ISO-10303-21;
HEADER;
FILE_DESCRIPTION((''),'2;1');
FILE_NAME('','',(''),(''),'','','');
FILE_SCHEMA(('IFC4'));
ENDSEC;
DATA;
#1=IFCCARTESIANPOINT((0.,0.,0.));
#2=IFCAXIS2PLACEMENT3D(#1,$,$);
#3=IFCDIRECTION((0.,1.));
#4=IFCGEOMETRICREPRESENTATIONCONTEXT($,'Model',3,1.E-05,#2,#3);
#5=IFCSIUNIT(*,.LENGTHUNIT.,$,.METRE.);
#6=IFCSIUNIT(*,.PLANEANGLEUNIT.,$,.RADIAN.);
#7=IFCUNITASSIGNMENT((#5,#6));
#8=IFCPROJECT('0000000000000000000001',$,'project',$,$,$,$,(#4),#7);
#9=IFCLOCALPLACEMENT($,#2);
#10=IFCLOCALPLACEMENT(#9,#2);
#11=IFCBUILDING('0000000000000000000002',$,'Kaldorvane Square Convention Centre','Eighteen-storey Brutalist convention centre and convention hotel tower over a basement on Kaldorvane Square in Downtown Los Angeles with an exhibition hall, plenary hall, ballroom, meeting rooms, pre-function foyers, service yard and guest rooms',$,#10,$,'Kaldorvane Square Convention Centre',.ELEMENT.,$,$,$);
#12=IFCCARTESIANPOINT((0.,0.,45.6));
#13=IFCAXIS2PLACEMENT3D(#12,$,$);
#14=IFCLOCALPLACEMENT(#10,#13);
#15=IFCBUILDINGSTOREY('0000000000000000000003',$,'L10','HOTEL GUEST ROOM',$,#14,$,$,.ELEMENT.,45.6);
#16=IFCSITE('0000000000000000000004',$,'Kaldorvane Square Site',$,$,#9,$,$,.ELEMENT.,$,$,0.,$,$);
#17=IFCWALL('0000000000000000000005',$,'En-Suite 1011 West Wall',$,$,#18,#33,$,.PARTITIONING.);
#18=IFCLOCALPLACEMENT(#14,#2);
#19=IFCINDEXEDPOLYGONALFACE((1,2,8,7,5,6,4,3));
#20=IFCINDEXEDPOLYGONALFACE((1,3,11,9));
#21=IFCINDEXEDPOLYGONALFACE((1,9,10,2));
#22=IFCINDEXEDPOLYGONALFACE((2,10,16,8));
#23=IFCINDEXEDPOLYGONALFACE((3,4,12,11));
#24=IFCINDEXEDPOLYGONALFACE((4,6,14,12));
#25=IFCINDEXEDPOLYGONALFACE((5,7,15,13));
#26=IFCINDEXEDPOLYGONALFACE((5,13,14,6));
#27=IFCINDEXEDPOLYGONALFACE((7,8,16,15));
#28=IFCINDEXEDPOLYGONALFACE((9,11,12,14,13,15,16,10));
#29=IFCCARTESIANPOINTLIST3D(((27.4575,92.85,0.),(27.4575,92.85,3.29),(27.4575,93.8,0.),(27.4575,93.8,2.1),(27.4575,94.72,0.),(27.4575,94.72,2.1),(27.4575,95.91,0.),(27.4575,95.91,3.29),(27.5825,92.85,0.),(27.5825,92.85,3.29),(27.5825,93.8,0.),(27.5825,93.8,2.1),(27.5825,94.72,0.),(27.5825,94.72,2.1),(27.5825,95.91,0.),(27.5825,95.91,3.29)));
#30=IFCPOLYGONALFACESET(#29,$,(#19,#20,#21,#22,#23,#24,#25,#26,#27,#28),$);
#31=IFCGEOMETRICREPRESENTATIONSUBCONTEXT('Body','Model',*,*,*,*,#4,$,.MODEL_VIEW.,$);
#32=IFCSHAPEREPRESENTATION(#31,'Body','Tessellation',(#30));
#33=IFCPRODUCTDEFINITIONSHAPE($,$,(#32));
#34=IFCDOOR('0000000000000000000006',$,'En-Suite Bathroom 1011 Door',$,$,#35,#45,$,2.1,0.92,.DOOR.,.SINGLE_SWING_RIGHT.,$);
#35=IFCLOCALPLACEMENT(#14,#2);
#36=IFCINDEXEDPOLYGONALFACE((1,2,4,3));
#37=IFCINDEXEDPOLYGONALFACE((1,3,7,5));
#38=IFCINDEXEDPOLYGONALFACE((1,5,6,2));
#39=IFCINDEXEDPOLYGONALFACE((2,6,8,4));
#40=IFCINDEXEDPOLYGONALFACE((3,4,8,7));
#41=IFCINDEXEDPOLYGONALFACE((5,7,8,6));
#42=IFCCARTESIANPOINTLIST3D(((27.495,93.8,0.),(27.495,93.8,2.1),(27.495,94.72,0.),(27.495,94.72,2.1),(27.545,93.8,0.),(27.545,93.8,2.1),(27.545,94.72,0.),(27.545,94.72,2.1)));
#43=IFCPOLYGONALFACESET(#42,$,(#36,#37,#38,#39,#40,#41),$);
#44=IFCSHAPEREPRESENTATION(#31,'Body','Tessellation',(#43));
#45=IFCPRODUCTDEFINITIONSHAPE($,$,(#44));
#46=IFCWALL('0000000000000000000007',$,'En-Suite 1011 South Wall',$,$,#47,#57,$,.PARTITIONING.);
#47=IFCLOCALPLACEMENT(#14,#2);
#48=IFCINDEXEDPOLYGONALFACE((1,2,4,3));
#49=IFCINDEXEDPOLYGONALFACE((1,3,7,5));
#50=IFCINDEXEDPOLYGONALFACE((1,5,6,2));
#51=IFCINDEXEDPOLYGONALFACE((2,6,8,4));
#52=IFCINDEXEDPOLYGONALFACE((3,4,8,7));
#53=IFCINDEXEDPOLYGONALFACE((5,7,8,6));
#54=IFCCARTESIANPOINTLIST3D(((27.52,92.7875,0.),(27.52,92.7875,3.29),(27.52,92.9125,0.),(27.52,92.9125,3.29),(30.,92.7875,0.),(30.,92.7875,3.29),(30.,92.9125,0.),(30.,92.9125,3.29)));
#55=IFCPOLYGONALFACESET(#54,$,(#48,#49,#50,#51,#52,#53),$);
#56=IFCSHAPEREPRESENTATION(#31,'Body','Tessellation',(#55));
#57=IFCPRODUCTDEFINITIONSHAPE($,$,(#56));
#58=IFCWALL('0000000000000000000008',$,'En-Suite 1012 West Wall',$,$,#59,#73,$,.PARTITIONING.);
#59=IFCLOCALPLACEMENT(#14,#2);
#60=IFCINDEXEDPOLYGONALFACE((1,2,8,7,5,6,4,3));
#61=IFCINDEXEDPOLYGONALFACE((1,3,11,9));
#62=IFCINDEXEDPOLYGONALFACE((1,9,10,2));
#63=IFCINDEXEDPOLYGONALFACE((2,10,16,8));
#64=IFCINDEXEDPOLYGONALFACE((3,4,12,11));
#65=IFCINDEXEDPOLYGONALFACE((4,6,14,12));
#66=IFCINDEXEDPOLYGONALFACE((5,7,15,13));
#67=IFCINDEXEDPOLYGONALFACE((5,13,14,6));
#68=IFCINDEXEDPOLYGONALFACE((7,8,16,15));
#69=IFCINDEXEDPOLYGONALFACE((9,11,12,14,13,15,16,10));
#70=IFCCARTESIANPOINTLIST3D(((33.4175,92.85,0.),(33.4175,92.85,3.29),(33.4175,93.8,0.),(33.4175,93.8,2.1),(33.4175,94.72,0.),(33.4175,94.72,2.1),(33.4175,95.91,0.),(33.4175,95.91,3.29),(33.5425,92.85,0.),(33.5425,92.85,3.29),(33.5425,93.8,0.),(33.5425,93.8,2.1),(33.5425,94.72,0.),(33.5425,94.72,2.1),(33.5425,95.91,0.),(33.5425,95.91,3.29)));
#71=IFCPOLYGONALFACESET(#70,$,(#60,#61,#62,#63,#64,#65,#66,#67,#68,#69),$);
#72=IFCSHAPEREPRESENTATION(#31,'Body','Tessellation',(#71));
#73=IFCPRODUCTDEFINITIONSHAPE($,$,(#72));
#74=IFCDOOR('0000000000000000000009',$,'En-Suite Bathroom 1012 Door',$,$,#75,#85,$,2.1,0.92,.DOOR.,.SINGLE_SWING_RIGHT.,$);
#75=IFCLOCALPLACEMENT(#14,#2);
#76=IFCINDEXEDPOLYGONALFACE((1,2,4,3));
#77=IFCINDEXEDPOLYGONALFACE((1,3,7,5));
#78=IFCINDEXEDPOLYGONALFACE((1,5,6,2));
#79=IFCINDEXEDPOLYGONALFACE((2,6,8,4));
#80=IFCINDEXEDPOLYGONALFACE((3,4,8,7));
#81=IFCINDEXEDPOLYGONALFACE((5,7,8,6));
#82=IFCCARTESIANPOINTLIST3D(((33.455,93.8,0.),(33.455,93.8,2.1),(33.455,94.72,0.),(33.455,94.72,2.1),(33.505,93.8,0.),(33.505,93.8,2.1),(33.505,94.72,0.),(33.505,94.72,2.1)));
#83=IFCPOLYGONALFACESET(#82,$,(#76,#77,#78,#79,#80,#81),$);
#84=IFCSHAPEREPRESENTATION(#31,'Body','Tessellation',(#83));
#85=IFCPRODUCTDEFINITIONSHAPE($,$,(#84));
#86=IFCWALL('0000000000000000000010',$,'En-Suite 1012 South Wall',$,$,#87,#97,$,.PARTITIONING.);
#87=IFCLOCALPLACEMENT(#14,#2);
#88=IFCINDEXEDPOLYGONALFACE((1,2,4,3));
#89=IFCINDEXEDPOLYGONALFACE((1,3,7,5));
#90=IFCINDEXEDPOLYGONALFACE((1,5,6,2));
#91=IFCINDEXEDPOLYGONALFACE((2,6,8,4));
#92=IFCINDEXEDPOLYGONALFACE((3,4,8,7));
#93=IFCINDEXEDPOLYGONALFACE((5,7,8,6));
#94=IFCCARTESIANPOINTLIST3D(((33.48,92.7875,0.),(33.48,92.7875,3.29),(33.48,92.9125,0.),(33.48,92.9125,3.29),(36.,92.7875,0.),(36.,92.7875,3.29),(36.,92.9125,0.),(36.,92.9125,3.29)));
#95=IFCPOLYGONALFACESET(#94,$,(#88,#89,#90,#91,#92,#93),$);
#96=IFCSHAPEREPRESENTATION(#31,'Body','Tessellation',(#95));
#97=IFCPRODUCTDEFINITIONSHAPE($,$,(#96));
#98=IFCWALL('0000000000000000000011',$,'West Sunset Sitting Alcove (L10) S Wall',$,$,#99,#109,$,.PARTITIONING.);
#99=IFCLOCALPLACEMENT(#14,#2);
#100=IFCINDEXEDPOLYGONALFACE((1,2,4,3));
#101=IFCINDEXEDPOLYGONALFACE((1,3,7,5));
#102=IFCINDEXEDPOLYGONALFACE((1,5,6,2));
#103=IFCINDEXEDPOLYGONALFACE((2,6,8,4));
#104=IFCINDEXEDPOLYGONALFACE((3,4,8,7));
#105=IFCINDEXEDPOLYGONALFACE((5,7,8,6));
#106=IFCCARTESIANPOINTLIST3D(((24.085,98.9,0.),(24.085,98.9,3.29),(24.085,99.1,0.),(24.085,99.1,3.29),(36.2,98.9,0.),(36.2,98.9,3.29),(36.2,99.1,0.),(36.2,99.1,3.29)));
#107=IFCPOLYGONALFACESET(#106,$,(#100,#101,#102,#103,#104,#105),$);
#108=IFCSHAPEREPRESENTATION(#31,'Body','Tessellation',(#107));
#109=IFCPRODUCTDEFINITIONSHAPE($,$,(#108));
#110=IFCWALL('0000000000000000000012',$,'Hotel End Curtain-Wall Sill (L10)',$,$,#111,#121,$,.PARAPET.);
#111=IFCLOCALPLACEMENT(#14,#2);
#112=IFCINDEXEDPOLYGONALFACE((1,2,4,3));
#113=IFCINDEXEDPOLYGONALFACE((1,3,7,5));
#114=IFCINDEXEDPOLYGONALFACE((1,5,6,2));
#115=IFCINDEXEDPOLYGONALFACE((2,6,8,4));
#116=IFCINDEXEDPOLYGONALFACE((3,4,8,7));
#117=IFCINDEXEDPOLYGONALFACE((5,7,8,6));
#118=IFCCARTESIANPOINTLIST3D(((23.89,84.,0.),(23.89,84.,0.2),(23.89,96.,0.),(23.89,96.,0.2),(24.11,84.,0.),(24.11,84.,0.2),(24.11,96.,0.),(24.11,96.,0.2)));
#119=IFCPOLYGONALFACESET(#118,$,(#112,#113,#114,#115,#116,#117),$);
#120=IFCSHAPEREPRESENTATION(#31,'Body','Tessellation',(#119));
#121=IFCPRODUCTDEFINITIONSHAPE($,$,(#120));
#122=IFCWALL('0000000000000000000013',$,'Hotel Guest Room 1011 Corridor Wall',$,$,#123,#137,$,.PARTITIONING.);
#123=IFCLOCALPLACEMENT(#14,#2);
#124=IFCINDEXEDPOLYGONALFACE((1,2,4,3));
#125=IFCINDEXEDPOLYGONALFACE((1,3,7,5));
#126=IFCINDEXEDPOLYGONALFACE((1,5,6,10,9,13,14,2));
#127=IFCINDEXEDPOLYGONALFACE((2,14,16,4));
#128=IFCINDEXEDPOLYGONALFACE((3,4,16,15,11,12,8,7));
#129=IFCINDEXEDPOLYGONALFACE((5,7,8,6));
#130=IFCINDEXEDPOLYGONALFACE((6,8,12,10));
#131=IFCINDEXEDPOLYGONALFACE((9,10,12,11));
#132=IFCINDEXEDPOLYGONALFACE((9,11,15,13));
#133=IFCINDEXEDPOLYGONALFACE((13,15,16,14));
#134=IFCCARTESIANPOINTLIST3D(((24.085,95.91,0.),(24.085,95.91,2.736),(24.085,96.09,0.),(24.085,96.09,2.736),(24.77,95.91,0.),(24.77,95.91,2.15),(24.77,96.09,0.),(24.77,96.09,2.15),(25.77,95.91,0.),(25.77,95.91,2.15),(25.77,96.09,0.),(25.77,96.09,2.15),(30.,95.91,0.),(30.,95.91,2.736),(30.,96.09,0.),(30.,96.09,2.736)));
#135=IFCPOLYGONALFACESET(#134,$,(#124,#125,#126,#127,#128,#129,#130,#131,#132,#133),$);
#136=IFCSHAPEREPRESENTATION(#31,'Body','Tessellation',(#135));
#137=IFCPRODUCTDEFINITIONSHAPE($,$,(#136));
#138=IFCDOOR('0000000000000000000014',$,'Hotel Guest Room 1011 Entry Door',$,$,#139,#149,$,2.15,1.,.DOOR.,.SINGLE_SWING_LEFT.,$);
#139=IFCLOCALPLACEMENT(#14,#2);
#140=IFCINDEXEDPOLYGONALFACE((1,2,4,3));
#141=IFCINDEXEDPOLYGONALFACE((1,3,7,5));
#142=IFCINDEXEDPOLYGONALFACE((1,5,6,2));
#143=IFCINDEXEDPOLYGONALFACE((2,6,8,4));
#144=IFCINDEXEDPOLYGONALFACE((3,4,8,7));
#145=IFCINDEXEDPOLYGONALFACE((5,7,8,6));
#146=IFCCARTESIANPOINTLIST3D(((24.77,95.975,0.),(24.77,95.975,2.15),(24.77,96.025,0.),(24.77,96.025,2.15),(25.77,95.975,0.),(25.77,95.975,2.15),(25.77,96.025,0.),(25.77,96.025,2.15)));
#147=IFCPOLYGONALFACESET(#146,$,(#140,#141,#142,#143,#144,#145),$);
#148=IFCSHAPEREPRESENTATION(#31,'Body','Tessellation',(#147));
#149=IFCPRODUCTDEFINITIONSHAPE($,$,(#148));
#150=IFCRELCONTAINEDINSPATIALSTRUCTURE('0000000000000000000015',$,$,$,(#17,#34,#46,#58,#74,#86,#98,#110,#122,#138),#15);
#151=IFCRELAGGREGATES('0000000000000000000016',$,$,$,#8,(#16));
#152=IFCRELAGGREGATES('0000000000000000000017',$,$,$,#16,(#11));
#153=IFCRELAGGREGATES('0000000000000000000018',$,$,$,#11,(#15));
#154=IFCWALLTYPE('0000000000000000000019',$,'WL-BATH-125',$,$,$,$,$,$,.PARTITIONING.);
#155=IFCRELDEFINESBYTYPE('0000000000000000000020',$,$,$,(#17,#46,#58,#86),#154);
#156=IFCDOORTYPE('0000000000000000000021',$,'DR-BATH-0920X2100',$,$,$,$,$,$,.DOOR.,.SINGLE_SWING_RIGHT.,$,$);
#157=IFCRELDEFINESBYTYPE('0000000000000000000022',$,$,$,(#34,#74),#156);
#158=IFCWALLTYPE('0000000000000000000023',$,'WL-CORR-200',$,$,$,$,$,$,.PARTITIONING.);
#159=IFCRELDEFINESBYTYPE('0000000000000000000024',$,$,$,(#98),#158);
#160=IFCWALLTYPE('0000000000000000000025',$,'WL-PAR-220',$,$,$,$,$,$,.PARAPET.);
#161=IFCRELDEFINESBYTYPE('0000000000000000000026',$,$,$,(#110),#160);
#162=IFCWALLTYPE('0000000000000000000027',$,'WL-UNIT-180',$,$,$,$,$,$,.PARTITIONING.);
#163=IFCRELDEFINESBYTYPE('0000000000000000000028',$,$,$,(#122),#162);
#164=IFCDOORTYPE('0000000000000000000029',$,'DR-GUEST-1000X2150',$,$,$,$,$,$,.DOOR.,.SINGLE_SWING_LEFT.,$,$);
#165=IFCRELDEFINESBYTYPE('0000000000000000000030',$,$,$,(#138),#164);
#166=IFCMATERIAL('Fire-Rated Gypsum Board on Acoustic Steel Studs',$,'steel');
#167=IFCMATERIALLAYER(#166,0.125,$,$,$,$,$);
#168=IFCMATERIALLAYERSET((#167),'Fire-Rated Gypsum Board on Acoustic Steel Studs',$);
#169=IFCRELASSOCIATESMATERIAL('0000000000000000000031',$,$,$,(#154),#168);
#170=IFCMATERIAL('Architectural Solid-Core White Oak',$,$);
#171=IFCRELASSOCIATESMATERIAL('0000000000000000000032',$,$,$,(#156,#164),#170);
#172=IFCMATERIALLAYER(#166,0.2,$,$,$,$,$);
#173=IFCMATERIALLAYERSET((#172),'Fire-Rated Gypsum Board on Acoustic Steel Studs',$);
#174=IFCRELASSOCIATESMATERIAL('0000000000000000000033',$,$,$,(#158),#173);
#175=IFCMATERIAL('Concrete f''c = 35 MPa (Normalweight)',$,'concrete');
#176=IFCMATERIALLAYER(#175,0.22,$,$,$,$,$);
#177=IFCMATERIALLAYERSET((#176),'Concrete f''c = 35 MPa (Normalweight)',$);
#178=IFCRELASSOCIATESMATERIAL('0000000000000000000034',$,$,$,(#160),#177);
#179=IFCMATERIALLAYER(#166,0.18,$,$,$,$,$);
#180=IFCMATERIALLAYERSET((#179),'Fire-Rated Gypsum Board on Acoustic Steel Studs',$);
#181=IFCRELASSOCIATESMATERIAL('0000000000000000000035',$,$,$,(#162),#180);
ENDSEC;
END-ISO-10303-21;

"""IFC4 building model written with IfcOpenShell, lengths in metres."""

from ifc_helpers import new_model, si_unit, direction, frame, frame_2d, origin, place, context, subcontext, project, spatial, rectangle, extrude, material, layer, layer_set, type_object, element, fill, save


model = new_model("IFC4")

# Units and contexts
model_context = context("Model", 3, precision=1e-05, world=origin(), true_north=direction((0.0, 1.0)))
body_context = subcontext(model_context, "Body", "Model", "MODEL_VIEW")
ifc_project = project(units=[si_unit("LENGTHUNIT", "METRE"), si_unit("PLANEANGLEUNIT", "RADIAN")], contexts=[model_context])

# Site, building, storey
site_placement = place(None, origin())
site = spatial("IfcSite", under=ifc_project, at=site_placement, Name="Kaldorvane Square Site", CompositionType="ELEMENT", RefElevation=0.0)
building_placement = place(site_placement, origin())
building = spatial("IfcBuilding", under=site, at=building_placement, Name="Kaldorvane Square Convention Centre", Description="Eighteen-storey Brutalist convention centre and convention hotel tower over a basement on Kaldorvane Square in Downtown Los Angeles with an exhibition hall, plenary hall, ballroom, meeting rooms, pre-function foyers, service yard and guest rooms", LongName="Kaldorvane Square Convention Centre", CompositionType="ELEMENT")
storey_placement = place(building_placement, frame((0.0, 0.0, 45.6)))
storey = spatial("IfcBuildingStorey", under=building, at=storey_placement, Name="L10", Description="HOTEL GUEST ROOM", CompositionType="ELEMENT", Elevation=45.6)

# Wall, opening, door
ifc_material_1 = material(Name="Fire-Rated Gypsum Board on Acoustic Steel Studs", Category="steel")
ifc_layer_1 = layer(ifc_material_1, 0.125)
ifc_layer_set_1 = layer_set([ifc_layer_1], Name="Fire-Rated Gypsum Board on Acoustic Steel Studs")
wall_type_1 = type_object("IfcWallType", Name="WL-BATH-125", PredefinedType="PARTITIONING", material=ifc_layer_set_1)
wall_1_placement = place(storey_placement, frame((27.52, 92.85, 0.0), z_axis=(0.0, 0.0, 1.0), x_axis=(0.0, 1.0, 0.0)))
wall_1 = element("IfcWall", 1, at=wall_1_placement, inside=storey, type_object=wall_type_1, Name="En-Suite 1011 West Wall", PredefinedType="PARTITIONING", context=body_context, shape_type="SweptSolid", body=[
    extrude(rectangle(XDim=3.06, YDim=0.125, at=frame_2d((1.53, 0.0))), origin(), (0.0, 0.0, 1.0), 3.29),
])
opening_1_placement = place(wall_1_placement, frame((0.95, 0.0, 0.0)))
opening_1 = element("IfcOpeningElement", 2, at=opening_1_placement, cuts=wall_1, PredefinedType="OPENING", context=body_context, shape_type="SweptSolid", body=[
    extrude(rectangle(XDim=0.92, YDim=2.1, at=frame_2d((0.46, 1.05))), frame((0.0, 0.0775, 0.0), z_axis=(0.0, -1.0, 0.0), x_axis=(1.0, 0.0, 0.0)), (0.0, 0.0, 1.0), 0.155),
])
ifc_material_2 = material(Name="Architectural Solid-Core White Oak")
door_type_1 = type_object("IfcDoorType", Name="DR-BATH-0920X2100", OperationType="SINGLE_SWING_RIGHT", PredefinedType="DOOR", material=ifc_material_2)
door_1_placement = place(opening_1_placement, origin())
door_1 = element("IfcDoor", 3, at=door_1_placement, inside=storey, type_object=door_type_1, Name="En-Suite Bathroom 1011 Door", OperationType="SINGLE_SWING_RIGHT", OverallHeight=2.1, OverallWidth=0.92, PredefinedType="DOOR", context=body_context, shape_type="SweptSolid", body=[
    extrude(rectangle(XDim=0.92, YDim=2.1, at=frame_2d((0.46, 1.05))), frame((0.0, 0.025, 0.0), z_axis=(0.0, -1.0, 0.0), x_axis=(1.0, 0.0, 0.0)), (0.0, 0.0, 1.0), 0.05),
])
fill(opening_1, door_1)

# Wall
wall_2_placement = place(storey_placement, frame((27.52, 92.85, 0.0), z_axis=(0.0, 0.0, 1.0), x_axis=(1.0, 0.0, 0.0)))
element("IfcWall", 4, at=wall_2_placement, inside=storey, type_object=wall_type_1, Name="En-Suite 1011 South Wall", PredefinedType="PARTITIONING", context=body_context, shape_type="SweptSolid", body=[
    extrude(rectangle(XDim=2.48, YDim=0.125, at=frame_2d((1.24, 0.0))), origin(), (0.0, 0.0, 1.0), 3.29),
])

# Wall, opening, door
wall_3_placement = place(storey_placement, frame((33.48, 92.85, 0.0), z_axis=(0.0, 0.0, 1.0), x_axis=(0.0, 1.0, 0.0)))
wall_3 = element("IfcWall", 5, at=wall_3_placement, inside=storey, type_object=wall_type_1, Name="En-Suite 1012 West Wall", PredefinedType="PARTITIONING", context=body_context, shape_type="SweptSolid", body=[
    extrude(rectangle(XDim=3.06, YDim=0.125, at=frame_2d((1.53, 0.0))), origin(), (0.0, 0.0, 1.0), 3.29),
])
opening_2_placement = place(wall_3_placement, frame((0.95, 0.0, 0.0)))
opening_2 = element("IfcOpeningElement", 6, at=opening_2_placement, cuts=wall_3, PredefinedType="OPENING", context=body_context, shape_type="SweptSolid", body=[
    extrude(rectangle(XDim=0.92, YDim=2.1, at=frame_2d((0.46, 1.05))), frame((0.0, 0.0775, 0.0), z_axis=(0.0, -1.0, 0.0), x_axis=(1.0, 0.0, 0.0)), (0.0, 0.0, 1.0), 0.155),
])
door_2_placement = place(opening_2_placement, origin())
door_2 = element("IfcDoor", 7, at=door_2_placement, inside=storey, type_object=door_type_1, Name="En-Suite Bathroom 1012 Door", OperationType="SINGLE_SWING_RIGHT", OverallHeight=2.1, OverallWidth=0.92, PredefinedType="DOOR", context=body_context, shape_type="SweptSolid", body=[
    extrude(rectangle(XDim=0.92, YDim=2.1, at=frame_2d((0.46, 1.05))), frame((0.0, 0.025, 0.0), z_axis=(0.0, -1.0, 0.0), x_axis=(1.0, 0.0, 0.0)), (0.0, 0.0, 1.0), 0.05),
])
fill(opening_2, door_2)

# Walls
wall_4_placement = place(storey_placement, frame((33.48, 92.85, 0.0), z_axis=(0.0, 0.0, 1.0), x_axis=(1.0, 0.0, 0.0)))
element("IfcWall", 8, at=wall_4_placement, inside=storey, type_object=wall_type_1, Name="En-Suite 1012 South Wall", PredefinedType="PARTITIONING", context=body_context, shape_type="SweptSolid", body=[
    extrude(rectangle(XDim=2.52, YDim=0.125, at=frame_2d((1.26, 0.0))), origin(), (0.0, 0.0, 1.0), 3.29),
])
ifc_layer_2 = layer(ifc_material_1, 0.2)
ifc_layer_set_2 = layer_set([ifc_layer_2], Name="Fire-Rated Gypsum Board on Acoustic Steel Studs")
wall_type_2 = type_object("IfcWallType", Name="WL-CORR-200", PredefinedType="PARTITIONING", material=ifc_layer_set_2)
wall_5_placement = place(storey_placement, frame((24.085, 99.0, 0.0), z_axis=(0.0, 0.0, 1.0), x_axis=(1.0, 0.0, 0.0)))
element("IfcWall", 9, at=wall_5_placement, inside=storey, type_object=wall_type_2, Name="West Sunset Sitting Alcove (L10) S Wall", PredefinedType="PARTITIONING", context=body_context, shape_type="SweptSolid", body=[
    extrude(rectangle(XDim=12.115, YDim=0.2, at=frame_2d((6.0575, 0.0))), origin(), (0.0, 0.0, 1.0), 3.29),
])
ifc_material_3 = material(Name="Concrete f'c = 35 MPa (Normalweight)", Category="concrete")
ifc_layer_3 = layer(ifc_material_3, 0.22)
ifc_layer_set_3 = layer_set([ifc_layer_3], Name="Concrete f'c = 35 MPa (Normalweight)")
wall_type_3 = type_object("IfcWallType", Name="WL-PAR-220", PredefinedType="PARAPET", material=ifc_layer_set_3)
wall_6_placement = place(storey_placement, frame((24.0, 96.0, 0.0), z_axis=(0.0, 0.0, 1.0), x_axis=(0.0, -1.0, 0.0)))
element("IfcWall", 10, at=wall_6_placement, inside=storey, type_object=wall_type_3, Name="Hotel End Curtain-Wall Sill (L10)", PredefinedType="PARAPET", context=body_context, shape_type="SweptSolid", body=[
    extrude(rectangle(XDim=12.0, YDim=0.22, at=frame_2d((6.0, 0.0))), origin(), (0.0, 0.0, 1.0), 0.2),
])

# Wall, opening, door
ifc_layer_4 = layer(ifc_material_1, 0.18)
ifc_layer_set_4 = layer_set([ifc_layer_4], Name="Fire-Rated Gypsum Board on Acoustic Steel Studs")
wall_type_4 = type_object("IfcWallType", Name="WL-UNIT-180", PredefinedType="PARTITIONING", material=ifc_layer_set_4)
wall_7_placement = place(storey_placement, frame((24.085, 96.0, 0.0), z_axis=(0.0, 0.0, 1.0), x_axis=(1.0, 0.0, 0.0)))
wall_7 = element("IfcWall", 11, at=wall_7_placement, inside=storey, type_object=wall_type_4, Name="Hotel Guest Room 1011 Corridor Wall", PredefinedType="PARTITIONING", context=body_context, shape_type="SweptSolid", body=[
    extrude(rectangle(XDim=5.915, YDim=0.18, at=frame_2d((2.9575, 0.0))), origin(), (0.0, 0.0, 1.0), 2.736),
])
opening_3_placement = place(wall_7_placement, frame((0.685, 0.0, 0.0)))
opening_3 = element("IfcOpeningElement", 12, at=opening_3_placement, cuts=wall_7, PredefinedType="OPENING", context=body_context, shape_type="SweptSolid", body=[
    extrude(rectangle(XDim=1.0, YDim=2.15, at=frame_2d((0.5, 1.075))), frame((0.0, 0.105, 0.0), z_axis=(0.0, -1.0, 0.0), x_axis=(1.0, 0.0, 0.0)), (0.0, 0.0, 1.0), 0.21),
])
door_type_2 = type_object("IfcDoorType", Name="DR-GUEST-1000X2150", OperationType="SINGLE_SWING_LEFT", PredefinedType="DOOR", material=ifc_material_2)
door_3_placement = place(opening_3_placement, origin())
door_3 = element("IfcDoor", 13, at=door_3_placement, inside=storey, type_object=door_type_2, Name="Hotel Guest Room 1011 Entry Door", OperationType="SINGLE_SWING_LEFT", OverallHeight=2.15, OverallWidth=1.0, PredefinedType="DOOR", context=body_context, shape_type="SweptSolid", body=[
    extrude(rectangle(XDim=1.0, YDim=2.15, at=frame_2d((0.5, 1.075))), frame((0.0, 0.025, 0.0), z_axis=(0.0, -1.0, 0.0), x_axis=(1.0, 0.0, 0.0)), (0.0, 0.0, 1.0), 0.05),
])
fill(opening_3, door_3)

save(model, "model.ifc")
